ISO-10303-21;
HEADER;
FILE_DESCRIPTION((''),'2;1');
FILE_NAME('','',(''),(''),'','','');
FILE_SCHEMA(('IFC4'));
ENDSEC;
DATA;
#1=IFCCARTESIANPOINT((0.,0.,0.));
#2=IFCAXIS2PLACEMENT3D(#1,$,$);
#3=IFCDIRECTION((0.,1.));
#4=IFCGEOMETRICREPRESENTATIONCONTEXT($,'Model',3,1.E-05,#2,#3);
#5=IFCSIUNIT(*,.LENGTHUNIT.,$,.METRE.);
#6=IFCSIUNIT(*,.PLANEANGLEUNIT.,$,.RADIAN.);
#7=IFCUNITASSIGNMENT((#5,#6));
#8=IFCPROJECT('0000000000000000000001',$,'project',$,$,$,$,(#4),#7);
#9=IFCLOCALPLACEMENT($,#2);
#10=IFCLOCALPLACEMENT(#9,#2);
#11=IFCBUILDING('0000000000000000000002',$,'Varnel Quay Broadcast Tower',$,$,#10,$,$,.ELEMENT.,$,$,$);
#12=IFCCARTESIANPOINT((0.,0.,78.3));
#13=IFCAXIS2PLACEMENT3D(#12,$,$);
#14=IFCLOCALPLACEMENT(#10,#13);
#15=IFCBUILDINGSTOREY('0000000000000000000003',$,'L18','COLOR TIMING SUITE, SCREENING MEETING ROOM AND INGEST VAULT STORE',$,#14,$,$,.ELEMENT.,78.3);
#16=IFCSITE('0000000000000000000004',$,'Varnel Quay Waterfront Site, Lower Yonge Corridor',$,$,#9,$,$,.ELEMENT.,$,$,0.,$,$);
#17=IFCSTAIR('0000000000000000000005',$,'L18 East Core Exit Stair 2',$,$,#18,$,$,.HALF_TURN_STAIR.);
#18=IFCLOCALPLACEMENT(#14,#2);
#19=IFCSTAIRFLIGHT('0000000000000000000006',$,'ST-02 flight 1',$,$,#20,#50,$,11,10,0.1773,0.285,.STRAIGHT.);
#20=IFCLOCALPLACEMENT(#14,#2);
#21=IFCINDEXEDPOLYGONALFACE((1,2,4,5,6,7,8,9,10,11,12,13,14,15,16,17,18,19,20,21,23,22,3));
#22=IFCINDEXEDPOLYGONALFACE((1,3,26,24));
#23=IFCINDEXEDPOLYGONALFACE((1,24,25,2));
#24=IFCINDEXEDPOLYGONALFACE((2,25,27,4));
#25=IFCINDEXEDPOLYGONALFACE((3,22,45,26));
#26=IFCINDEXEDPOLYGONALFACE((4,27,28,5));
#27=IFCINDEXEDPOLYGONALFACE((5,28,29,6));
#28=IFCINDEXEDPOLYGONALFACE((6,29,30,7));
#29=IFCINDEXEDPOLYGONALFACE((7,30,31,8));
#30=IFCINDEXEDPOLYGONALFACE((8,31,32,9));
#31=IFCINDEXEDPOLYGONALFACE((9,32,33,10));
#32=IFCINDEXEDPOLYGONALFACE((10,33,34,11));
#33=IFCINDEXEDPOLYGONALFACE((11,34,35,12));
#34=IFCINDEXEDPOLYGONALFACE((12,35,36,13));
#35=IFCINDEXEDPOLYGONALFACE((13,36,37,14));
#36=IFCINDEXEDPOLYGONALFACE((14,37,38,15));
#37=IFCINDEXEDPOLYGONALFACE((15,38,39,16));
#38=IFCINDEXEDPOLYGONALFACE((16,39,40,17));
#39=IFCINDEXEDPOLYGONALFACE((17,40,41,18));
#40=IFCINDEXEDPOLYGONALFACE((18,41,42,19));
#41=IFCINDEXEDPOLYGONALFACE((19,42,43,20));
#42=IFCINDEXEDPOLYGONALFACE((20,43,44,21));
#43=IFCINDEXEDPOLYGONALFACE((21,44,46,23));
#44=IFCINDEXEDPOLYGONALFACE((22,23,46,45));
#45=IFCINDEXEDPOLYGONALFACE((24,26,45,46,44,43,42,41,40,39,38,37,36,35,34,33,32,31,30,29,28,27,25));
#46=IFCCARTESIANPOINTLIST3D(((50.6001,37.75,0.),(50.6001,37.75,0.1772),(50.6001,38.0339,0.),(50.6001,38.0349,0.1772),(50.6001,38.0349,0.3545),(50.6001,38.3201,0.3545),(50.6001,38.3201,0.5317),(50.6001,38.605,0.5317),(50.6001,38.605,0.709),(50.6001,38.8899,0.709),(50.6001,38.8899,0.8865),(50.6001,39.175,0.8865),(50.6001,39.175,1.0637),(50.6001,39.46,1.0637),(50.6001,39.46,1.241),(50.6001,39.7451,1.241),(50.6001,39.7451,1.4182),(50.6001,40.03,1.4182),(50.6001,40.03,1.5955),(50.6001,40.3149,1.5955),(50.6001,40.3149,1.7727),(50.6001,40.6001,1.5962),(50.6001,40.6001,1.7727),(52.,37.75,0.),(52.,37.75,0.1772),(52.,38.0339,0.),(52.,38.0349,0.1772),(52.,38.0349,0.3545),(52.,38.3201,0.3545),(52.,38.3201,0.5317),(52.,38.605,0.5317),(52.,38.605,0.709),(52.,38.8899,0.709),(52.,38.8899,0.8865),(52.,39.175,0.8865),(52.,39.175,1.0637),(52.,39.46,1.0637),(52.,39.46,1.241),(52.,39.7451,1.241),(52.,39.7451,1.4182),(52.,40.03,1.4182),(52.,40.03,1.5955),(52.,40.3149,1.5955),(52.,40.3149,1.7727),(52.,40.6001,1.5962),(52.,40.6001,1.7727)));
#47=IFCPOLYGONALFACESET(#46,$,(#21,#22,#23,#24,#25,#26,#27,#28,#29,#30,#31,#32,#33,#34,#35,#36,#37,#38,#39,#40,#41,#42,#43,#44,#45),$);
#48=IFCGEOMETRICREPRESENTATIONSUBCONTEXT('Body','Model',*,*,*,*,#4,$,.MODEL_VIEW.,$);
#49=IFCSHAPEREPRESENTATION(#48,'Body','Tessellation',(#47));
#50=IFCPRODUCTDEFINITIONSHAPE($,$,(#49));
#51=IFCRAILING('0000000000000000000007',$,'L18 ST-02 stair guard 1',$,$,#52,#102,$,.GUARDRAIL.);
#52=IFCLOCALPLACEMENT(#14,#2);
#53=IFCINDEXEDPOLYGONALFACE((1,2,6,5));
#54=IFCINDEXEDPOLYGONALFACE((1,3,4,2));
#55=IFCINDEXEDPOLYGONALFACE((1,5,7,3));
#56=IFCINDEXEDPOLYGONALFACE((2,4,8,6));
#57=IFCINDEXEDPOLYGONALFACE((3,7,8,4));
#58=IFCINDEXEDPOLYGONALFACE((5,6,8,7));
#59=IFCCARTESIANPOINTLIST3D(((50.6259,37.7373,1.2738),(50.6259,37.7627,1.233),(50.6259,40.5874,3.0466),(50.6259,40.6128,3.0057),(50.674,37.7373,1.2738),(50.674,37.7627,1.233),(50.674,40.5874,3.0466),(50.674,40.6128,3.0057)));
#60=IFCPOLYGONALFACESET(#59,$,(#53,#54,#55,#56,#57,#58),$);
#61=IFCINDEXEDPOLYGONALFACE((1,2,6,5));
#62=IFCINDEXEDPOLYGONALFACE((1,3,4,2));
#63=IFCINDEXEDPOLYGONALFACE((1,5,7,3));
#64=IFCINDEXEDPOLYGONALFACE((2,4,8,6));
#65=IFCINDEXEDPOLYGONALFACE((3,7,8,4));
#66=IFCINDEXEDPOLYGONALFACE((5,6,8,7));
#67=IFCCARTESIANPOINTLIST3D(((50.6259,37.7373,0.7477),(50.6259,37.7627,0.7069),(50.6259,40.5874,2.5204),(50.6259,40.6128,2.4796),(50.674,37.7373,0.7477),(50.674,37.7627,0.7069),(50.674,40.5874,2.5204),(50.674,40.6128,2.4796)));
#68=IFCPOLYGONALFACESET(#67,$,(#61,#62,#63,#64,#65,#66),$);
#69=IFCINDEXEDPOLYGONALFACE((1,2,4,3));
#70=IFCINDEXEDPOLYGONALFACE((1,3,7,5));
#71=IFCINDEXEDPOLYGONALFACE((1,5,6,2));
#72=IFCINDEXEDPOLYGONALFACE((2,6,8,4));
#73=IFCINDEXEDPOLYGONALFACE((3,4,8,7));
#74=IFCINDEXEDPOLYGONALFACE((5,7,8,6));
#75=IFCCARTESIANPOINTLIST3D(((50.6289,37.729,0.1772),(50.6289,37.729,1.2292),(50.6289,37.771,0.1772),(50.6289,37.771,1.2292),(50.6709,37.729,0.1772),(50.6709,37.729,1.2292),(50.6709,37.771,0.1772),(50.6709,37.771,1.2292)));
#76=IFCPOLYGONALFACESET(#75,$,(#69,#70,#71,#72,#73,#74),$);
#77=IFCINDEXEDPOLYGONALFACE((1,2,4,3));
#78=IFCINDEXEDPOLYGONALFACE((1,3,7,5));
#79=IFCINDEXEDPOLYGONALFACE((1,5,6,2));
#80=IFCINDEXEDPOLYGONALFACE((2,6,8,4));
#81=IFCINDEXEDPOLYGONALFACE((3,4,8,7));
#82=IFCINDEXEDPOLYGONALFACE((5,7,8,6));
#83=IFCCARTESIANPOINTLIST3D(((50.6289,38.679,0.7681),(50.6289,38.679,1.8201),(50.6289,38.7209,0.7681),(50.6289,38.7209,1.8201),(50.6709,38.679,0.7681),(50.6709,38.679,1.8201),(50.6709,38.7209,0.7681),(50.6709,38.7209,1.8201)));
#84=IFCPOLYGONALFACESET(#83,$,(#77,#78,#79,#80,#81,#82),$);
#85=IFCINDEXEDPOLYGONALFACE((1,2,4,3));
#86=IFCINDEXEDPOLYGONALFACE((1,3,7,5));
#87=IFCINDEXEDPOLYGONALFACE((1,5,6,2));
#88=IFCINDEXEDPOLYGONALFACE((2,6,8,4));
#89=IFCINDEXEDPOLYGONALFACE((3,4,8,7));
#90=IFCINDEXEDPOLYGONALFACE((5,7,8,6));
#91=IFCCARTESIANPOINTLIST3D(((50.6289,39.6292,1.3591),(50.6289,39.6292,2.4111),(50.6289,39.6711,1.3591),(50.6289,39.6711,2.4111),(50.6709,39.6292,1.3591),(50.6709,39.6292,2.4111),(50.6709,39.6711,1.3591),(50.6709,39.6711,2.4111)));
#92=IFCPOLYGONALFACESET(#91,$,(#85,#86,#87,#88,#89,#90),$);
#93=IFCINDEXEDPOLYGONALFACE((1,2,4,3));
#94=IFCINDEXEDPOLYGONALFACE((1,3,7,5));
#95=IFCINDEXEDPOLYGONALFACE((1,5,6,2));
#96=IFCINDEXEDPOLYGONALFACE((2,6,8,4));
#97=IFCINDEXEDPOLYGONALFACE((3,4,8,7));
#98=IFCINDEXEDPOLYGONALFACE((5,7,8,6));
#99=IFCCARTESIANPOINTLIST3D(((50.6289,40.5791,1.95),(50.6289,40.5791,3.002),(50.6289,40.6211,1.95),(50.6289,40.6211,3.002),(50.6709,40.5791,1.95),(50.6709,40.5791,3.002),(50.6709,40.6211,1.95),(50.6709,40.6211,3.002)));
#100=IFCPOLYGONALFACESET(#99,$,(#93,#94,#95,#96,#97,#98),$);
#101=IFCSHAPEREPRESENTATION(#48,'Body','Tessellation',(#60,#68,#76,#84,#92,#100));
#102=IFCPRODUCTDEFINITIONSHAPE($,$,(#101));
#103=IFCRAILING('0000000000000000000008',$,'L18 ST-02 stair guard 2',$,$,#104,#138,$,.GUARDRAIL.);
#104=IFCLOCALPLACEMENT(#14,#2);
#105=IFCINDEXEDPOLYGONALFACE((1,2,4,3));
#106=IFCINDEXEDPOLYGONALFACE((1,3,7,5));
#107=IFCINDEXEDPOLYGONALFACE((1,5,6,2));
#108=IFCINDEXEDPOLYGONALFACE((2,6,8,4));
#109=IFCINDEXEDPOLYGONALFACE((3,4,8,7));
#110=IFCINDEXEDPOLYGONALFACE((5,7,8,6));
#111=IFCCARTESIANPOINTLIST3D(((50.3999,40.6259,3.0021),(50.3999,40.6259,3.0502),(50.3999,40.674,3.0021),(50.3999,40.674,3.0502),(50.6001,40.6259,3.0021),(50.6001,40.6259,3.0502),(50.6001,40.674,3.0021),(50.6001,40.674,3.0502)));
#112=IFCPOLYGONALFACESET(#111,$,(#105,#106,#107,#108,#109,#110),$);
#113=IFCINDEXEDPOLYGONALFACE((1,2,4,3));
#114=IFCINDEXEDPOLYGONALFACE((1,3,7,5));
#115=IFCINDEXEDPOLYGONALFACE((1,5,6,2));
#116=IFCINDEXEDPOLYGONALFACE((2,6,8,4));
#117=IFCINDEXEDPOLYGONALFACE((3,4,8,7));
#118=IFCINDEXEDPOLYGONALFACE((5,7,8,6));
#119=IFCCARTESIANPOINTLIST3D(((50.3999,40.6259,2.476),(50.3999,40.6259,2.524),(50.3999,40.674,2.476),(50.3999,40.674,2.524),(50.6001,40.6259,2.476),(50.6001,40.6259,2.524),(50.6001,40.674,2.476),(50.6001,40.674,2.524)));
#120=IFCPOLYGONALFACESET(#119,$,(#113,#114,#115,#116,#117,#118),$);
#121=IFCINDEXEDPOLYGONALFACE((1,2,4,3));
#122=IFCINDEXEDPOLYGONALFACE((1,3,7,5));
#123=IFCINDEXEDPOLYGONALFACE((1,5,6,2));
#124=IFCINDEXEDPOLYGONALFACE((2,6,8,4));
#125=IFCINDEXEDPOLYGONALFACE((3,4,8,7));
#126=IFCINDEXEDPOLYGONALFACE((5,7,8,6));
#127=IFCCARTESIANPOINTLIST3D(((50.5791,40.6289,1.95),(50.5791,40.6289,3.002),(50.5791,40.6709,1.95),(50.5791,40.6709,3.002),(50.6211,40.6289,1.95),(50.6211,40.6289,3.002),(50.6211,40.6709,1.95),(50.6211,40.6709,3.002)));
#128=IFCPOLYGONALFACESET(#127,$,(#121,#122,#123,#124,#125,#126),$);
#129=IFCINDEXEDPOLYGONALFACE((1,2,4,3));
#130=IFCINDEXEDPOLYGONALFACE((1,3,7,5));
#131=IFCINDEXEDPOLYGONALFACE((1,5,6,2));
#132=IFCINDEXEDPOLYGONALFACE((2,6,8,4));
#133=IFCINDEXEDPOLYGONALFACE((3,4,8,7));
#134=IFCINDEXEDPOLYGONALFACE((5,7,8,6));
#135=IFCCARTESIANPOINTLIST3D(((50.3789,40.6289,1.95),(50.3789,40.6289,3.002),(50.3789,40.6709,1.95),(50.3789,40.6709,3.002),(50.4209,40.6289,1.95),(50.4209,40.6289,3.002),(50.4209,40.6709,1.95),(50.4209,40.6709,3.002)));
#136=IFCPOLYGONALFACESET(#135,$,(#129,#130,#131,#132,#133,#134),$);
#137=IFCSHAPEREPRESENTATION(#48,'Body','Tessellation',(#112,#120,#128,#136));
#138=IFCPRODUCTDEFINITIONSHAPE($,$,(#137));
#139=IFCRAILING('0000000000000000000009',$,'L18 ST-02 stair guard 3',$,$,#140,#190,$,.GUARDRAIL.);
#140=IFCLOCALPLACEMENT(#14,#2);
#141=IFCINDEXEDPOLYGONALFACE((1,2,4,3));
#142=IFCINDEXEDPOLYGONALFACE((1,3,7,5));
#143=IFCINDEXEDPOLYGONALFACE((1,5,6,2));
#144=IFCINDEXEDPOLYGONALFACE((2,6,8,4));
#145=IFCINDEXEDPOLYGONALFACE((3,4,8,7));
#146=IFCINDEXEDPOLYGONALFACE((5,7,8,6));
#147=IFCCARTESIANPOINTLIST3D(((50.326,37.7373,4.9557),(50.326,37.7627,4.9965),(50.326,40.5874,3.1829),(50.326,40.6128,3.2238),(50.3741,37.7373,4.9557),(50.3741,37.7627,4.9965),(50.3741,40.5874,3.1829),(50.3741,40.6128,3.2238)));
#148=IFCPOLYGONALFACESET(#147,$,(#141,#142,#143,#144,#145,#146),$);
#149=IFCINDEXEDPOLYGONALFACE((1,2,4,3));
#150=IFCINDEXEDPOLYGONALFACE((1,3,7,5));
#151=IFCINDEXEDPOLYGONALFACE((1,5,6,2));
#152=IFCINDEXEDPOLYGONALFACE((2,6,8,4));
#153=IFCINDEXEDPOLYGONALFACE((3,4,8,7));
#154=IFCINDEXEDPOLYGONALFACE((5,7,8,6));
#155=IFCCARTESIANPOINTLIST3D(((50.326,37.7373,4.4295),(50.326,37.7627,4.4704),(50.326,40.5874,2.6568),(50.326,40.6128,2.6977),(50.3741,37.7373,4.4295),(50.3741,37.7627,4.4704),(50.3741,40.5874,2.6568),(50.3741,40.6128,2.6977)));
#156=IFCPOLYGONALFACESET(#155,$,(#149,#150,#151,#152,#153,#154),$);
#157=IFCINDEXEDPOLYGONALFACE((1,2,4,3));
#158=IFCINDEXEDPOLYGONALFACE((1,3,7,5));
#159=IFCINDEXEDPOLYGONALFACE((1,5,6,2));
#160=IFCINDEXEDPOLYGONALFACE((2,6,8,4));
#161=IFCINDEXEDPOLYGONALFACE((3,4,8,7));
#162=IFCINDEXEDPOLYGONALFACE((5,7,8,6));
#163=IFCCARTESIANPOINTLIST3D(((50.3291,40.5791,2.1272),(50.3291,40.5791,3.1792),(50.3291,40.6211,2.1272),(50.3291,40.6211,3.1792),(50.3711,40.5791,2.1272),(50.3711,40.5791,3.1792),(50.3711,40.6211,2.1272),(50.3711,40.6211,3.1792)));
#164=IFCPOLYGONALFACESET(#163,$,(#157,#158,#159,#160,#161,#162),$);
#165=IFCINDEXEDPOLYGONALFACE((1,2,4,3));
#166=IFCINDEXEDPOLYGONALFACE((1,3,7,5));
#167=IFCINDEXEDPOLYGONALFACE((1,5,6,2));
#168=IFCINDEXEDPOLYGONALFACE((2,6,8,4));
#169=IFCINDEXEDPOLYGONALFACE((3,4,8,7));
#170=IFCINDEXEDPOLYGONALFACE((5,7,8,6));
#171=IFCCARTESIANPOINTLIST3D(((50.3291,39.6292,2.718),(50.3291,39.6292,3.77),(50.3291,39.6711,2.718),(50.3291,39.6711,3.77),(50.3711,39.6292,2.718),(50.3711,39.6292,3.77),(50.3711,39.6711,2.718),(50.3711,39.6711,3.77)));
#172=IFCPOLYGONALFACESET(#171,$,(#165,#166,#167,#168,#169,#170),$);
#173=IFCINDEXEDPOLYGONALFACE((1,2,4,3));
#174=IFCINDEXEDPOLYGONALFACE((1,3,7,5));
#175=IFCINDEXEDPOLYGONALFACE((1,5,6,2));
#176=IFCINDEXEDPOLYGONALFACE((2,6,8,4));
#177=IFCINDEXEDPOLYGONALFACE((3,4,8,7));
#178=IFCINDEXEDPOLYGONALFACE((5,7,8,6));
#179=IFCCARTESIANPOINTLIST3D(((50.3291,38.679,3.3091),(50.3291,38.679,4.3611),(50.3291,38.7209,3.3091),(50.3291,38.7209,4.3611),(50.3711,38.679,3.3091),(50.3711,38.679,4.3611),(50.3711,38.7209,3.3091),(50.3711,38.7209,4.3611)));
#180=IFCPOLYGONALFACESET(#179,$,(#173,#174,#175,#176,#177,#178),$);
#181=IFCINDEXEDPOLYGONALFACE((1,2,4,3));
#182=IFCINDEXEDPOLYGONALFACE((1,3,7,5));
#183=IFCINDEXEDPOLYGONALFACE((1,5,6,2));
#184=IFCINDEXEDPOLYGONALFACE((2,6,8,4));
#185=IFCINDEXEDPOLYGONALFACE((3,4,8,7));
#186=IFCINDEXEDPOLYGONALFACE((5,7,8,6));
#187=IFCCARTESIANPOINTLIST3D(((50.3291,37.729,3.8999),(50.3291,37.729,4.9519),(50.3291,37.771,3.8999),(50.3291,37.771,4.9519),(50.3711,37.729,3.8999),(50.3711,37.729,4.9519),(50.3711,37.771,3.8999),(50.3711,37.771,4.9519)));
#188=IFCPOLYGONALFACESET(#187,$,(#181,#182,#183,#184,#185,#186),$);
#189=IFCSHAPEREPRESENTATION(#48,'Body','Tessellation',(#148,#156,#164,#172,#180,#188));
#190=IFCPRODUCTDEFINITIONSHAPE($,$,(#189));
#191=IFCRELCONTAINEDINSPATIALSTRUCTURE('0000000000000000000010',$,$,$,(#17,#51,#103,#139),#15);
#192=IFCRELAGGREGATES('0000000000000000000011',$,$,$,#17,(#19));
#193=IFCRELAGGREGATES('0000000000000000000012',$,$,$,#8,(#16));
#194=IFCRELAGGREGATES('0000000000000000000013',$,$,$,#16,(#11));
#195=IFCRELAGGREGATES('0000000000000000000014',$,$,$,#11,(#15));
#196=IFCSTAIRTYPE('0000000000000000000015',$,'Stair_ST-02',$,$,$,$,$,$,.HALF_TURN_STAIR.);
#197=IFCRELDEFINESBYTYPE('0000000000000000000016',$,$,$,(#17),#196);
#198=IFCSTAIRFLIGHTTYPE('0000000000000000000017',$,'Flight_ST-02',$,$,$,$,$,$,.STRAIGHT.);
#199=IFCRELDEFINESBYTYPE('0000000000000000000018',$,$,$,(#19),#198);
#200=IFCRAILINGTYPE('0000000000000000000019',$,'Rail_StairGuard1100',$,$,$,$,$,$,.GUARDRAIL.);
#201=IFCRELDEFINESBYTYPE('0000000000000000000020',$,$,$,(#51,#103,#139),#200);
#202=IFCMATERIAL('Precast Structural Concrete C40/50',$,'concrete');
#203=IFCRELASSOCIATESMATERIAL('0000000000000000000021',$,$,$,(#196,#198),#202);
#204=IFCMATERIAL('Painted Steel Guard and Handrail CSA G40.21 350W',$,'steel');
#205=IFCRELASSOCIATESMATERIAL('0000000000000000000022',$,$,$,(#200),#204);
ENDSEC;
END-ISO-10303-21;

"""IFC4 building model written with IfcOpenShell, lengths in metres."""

from ifc_helpers import new_model, si_unit, direction, frame, origin, origin_2d, place, context, subcontext, project, spatial, polyline, rectangle, outline, extrude, material, type_object, element, aggregate, save


model = new_model("IFC4")

# Units and contexts
model_context = context("Model", 3, precision=1e-05, world=origin(), true_north=direction((0.0, 1.0)))
body_context = subcontext(model_context, "Body", "Model", "MODEL_VIEW")
ifc_project = project(units=[si_unit("LENGTHUNIT", "METRE"), si_unit("PLANEANGLEUNIT", "RADIAN")], contexts=[model_context])

# Site, building, storey
site_placement = place(None, origin())
site = spatial("IfcSite", under=ifc_project, at=site_placement, Name="Varnel Quay Waterfront Site, Lower Yonge Corridor", CompositionType="ELEMENT", RefElevation=0.0)
building_placement = place(site_placement, origin())
building = spatial("IfcBuilding", under=site, at=building_placement, Name="Varnel Quay Broadcast Tower", CompositionType="ELEMENT")
storey_placement = place(building_placement, frame((0.0, 0.0, 78.3)))
storey = spatial("IfcBuildingStorey", under=building, at=storey_placement, Name="L18", Description="COLOR TIMING SUITE, SCREENING MEETING ROOM AND INGEST VAULT STORE", CompositionType="ELEMENT", Elevation=78.3)

# Stair, stair flight
ifc_material_1 = material(Name="Precast Structural Concrete C40/50", Category="concrete")
stair_type = type_object("IfcStairType", Name="Stair_ST-02", PredefinedType="HALF_TURN_STAIR", material=ifc_material_1)
stair_placement = place(storey_placement, origin())
stair = element("IfcStair", 1, at=stair_placement, inside=storey, type_object=stair_type, Name="L18 East Core Exit Stair 2", PredefinedType="HALF_TURN_STAIR")
stair_flight_type = type_object("IfcStairFlightType", Name="Flight_ST-02", PredefinedType="STRAIGHT", material=ifc_material_1)
stair_flight_placement = place(storey_placement, frame((51.3, 37.75, 0.0), z_axis=(0.0, 0.0, 1.0), x_axis=(0.0, 1.0, 0.0)))
stair_flight = element("IfcStairFlight", 2, at=stair_flight_placement, type_object=stair_flight_type, Name="ST-02 flight 1", NumberOfRisers=11, NumberOfTreads=10, PredefinedType="STRAIGHT", RiserHeight=0.1773, TreadLength=0.285, context=body_context, shape_type="SweptSolid", body=[
    extrude(outline(polyline([(0.0, 0.0), (0.0, 0.1772), (0.2849, 0.1772), (0.2849, 0.3545), (0.5701, 0.3545), (0.5701, 0.5317), (0.855, 0.5317), (0.855, 0.709), (1.1399, 0.709), (1.1399, 0.8865), (1.425, 0.8865), (1.425, 1.0637), (1.71, 1.0637), (1.71, 1.241), (1.9951, 1.241), (1.9951, 1.4182), (2.28, 1.4182), (2.28, 1.5955), (2.5649, 1.5955), (2.5649, 1.7727), (2.8501, 1.7727), (2.8501, 1.95), (2.8501, 1.5962), (0.2839, 0.0), (0.0, 0.0)])), frame((0.0, 0.7, 0.0), z_axis=(0.0, -1.0, 0.0), x_axis=(1.0, 0.0, 0.0)), (0.0, 0.0, 1.0), 1.3999),
])
aggregate(stair, [stair_flight])

# Railings
ifc_material_2 = material(Name="Painted Steel Guard and Handrail CSA G40.21 350W", Category="steel")
railing_type_1 = type_object("IfcRailingType", Name="Rail_StairGuard1100", PredefinedType="GUARDRAIL", material=ifc_material_2)
railing_1_placement = place(storey_placement, frame((50.6499, 37.75, 0.1772)))
element("IfcRailing", 3, at=railing_1_placement, inside=storey, type_object=railing_type_1, Name="L18 ST-02 stair guard 1", PredefinedType="GUARDRAIL", context=body_context, shape_type="SweptSolid", body=[
    extrude(rectangle(XDim=0.0481, YDim=0.0481, at=origin_2d()), frame((0.0, 0.0, 1.0762), z_axis=(0.0, 0.849149, 0.528154), x_axis=(-1.0, 0.0, 0.0)), (0.0, 0.0, 1.0), 3.3564),
    extrude(rectangle(XDim=0.0481, YDim=0.0481, at=origin_2d()), frame((0.0, 0.0, 0.55), z_axis=(0.0, 0.849149, 0.528154), x_axis=(-1.0, 0.0, 0.0)), (0.0, 0.0, 1.0), 3.3564),
    extrude(rectangle(XDim=0.042, YDim=0.042, at=origin_2d()), origin(), (0.0, 0.0, 1.0), 1.052),
    extrude(rectangle(XDim=0.042, YDim=0.042, at=origin_2d()), frame((0.0, 0.95, 0.5908)), (0.0, 0.0, 1.0), 1.052),
    extrude(rectangle(XDim=0.042, YDim=0.042, at=origin_2d()), frame((0.0, 1.9001, 1.1819)), (0.0, 0.0, 1.0), 1.052),
    extrude(rectangle(XDim=0.042, YDim=0.042, at=origin_2d()), frame((0.0, 2.8501, 1.7727)), (0.0, 0.0, 1.0), 1.052),
])
railing_2_placement = place(storey_placement, frame((50.6001, 40.6499, 1.95)))
element("IfcRailing", 4, at=railing_2_placement, inside=storey, type_object=railing_type_1, Name="L18 ST-02 stair guard 2", PredefinedType="GUARDRAIL", context=body_context, shape_type="SweptSolid", body=[
    extrude(rectangle(XDim=0.0481, YDim=0.0481, at=origin_2d()), frame((0.0, 0.0, 1.0762), z_axis=(-1.0, 0.0, 0.0), x_axis=(0.0, -1.0, 0.0)), (0.0, 0.0, 1.0), 0.2002),
    extrude(rectangle(XDim=0.0481, YDim=0.0481, at=origin_2d()), frame((0.0, 0.0, 0.55), z_axis=(-1.0, 0.0, 0.0), x_axis=(0.0, -1.0, 0.0)), (0.0, 0.0, 1.0), 0.2002),
    extrude(rectangle(XDim=0.042, YDim=0.042, at=origin_2d()), origin(), (0.0, 0.0, 1.0), 1.052),
    extrude(rectangle(XDim=0.042, YDim=0.042, at=origin_2d()), frame((-0.2002, 0.0, 0.0)), (0.0, 0.0, 1.0), 1.052),
])
railing_3_placement = place(storey_placement, frame((50.3501, 40.6001, 2.1272)))
element("IfcRailing", 5, at=railing_3_placement, inside=storey, type_object=railing_type_1, Name="L18 ST-02 stair guard 3", PredefinedType="GUARDRAIL", context=body_context, shape_type="SweptSolid", body=[
    extrude(rectangle(XDim=0.0481, YDim=0.0481, at=origin_2d()), frame((0.0, 0.0, 1.0762), z_axis=(0.0, -0.849149, 0.528154), x_axis=(1.0, 0.0, 0.0)), (0.0, 0.0, 1.0), 3.3564),
    extrude(rectangle(XDim=0.0481, YDim=0.0481, at=origin_2d()), frame((0.0, 0.0, 0.55), z_axis=(0.0, -0.849149, 0.528154), x_axis=(1.0, 0.0, 0.0)), (0.0, 0.0, 1.0), 3.3564),
    extrude(rectangle(XDim=0.042, YDim=0.042, at=origin_2d()), origin(), (0.0, 0.0, 1.0), 1.052),
    extrude(rectangle(XDim=0.042, YDim=0.042, at=origin_2d()), frame((0.0, -0.95, 0.5908)), (0.0, 0.0, 1.0), 1.052),
    extrude(rectangle(XDim=0.042, YDim=0.042, at=origin_2d()), frame((0.0, -1.9001, 1.1819)), (0.0, 0.0, 1.0), 1.052),
    extrude(rectangle(XDim=0.042, YDim=0.042, at=origin_2d()), frame((0.0, -2.8501, 1.7727)), (0.0, 0.0, 1.0), 1.052),
])

save(model, "model.ifc")
